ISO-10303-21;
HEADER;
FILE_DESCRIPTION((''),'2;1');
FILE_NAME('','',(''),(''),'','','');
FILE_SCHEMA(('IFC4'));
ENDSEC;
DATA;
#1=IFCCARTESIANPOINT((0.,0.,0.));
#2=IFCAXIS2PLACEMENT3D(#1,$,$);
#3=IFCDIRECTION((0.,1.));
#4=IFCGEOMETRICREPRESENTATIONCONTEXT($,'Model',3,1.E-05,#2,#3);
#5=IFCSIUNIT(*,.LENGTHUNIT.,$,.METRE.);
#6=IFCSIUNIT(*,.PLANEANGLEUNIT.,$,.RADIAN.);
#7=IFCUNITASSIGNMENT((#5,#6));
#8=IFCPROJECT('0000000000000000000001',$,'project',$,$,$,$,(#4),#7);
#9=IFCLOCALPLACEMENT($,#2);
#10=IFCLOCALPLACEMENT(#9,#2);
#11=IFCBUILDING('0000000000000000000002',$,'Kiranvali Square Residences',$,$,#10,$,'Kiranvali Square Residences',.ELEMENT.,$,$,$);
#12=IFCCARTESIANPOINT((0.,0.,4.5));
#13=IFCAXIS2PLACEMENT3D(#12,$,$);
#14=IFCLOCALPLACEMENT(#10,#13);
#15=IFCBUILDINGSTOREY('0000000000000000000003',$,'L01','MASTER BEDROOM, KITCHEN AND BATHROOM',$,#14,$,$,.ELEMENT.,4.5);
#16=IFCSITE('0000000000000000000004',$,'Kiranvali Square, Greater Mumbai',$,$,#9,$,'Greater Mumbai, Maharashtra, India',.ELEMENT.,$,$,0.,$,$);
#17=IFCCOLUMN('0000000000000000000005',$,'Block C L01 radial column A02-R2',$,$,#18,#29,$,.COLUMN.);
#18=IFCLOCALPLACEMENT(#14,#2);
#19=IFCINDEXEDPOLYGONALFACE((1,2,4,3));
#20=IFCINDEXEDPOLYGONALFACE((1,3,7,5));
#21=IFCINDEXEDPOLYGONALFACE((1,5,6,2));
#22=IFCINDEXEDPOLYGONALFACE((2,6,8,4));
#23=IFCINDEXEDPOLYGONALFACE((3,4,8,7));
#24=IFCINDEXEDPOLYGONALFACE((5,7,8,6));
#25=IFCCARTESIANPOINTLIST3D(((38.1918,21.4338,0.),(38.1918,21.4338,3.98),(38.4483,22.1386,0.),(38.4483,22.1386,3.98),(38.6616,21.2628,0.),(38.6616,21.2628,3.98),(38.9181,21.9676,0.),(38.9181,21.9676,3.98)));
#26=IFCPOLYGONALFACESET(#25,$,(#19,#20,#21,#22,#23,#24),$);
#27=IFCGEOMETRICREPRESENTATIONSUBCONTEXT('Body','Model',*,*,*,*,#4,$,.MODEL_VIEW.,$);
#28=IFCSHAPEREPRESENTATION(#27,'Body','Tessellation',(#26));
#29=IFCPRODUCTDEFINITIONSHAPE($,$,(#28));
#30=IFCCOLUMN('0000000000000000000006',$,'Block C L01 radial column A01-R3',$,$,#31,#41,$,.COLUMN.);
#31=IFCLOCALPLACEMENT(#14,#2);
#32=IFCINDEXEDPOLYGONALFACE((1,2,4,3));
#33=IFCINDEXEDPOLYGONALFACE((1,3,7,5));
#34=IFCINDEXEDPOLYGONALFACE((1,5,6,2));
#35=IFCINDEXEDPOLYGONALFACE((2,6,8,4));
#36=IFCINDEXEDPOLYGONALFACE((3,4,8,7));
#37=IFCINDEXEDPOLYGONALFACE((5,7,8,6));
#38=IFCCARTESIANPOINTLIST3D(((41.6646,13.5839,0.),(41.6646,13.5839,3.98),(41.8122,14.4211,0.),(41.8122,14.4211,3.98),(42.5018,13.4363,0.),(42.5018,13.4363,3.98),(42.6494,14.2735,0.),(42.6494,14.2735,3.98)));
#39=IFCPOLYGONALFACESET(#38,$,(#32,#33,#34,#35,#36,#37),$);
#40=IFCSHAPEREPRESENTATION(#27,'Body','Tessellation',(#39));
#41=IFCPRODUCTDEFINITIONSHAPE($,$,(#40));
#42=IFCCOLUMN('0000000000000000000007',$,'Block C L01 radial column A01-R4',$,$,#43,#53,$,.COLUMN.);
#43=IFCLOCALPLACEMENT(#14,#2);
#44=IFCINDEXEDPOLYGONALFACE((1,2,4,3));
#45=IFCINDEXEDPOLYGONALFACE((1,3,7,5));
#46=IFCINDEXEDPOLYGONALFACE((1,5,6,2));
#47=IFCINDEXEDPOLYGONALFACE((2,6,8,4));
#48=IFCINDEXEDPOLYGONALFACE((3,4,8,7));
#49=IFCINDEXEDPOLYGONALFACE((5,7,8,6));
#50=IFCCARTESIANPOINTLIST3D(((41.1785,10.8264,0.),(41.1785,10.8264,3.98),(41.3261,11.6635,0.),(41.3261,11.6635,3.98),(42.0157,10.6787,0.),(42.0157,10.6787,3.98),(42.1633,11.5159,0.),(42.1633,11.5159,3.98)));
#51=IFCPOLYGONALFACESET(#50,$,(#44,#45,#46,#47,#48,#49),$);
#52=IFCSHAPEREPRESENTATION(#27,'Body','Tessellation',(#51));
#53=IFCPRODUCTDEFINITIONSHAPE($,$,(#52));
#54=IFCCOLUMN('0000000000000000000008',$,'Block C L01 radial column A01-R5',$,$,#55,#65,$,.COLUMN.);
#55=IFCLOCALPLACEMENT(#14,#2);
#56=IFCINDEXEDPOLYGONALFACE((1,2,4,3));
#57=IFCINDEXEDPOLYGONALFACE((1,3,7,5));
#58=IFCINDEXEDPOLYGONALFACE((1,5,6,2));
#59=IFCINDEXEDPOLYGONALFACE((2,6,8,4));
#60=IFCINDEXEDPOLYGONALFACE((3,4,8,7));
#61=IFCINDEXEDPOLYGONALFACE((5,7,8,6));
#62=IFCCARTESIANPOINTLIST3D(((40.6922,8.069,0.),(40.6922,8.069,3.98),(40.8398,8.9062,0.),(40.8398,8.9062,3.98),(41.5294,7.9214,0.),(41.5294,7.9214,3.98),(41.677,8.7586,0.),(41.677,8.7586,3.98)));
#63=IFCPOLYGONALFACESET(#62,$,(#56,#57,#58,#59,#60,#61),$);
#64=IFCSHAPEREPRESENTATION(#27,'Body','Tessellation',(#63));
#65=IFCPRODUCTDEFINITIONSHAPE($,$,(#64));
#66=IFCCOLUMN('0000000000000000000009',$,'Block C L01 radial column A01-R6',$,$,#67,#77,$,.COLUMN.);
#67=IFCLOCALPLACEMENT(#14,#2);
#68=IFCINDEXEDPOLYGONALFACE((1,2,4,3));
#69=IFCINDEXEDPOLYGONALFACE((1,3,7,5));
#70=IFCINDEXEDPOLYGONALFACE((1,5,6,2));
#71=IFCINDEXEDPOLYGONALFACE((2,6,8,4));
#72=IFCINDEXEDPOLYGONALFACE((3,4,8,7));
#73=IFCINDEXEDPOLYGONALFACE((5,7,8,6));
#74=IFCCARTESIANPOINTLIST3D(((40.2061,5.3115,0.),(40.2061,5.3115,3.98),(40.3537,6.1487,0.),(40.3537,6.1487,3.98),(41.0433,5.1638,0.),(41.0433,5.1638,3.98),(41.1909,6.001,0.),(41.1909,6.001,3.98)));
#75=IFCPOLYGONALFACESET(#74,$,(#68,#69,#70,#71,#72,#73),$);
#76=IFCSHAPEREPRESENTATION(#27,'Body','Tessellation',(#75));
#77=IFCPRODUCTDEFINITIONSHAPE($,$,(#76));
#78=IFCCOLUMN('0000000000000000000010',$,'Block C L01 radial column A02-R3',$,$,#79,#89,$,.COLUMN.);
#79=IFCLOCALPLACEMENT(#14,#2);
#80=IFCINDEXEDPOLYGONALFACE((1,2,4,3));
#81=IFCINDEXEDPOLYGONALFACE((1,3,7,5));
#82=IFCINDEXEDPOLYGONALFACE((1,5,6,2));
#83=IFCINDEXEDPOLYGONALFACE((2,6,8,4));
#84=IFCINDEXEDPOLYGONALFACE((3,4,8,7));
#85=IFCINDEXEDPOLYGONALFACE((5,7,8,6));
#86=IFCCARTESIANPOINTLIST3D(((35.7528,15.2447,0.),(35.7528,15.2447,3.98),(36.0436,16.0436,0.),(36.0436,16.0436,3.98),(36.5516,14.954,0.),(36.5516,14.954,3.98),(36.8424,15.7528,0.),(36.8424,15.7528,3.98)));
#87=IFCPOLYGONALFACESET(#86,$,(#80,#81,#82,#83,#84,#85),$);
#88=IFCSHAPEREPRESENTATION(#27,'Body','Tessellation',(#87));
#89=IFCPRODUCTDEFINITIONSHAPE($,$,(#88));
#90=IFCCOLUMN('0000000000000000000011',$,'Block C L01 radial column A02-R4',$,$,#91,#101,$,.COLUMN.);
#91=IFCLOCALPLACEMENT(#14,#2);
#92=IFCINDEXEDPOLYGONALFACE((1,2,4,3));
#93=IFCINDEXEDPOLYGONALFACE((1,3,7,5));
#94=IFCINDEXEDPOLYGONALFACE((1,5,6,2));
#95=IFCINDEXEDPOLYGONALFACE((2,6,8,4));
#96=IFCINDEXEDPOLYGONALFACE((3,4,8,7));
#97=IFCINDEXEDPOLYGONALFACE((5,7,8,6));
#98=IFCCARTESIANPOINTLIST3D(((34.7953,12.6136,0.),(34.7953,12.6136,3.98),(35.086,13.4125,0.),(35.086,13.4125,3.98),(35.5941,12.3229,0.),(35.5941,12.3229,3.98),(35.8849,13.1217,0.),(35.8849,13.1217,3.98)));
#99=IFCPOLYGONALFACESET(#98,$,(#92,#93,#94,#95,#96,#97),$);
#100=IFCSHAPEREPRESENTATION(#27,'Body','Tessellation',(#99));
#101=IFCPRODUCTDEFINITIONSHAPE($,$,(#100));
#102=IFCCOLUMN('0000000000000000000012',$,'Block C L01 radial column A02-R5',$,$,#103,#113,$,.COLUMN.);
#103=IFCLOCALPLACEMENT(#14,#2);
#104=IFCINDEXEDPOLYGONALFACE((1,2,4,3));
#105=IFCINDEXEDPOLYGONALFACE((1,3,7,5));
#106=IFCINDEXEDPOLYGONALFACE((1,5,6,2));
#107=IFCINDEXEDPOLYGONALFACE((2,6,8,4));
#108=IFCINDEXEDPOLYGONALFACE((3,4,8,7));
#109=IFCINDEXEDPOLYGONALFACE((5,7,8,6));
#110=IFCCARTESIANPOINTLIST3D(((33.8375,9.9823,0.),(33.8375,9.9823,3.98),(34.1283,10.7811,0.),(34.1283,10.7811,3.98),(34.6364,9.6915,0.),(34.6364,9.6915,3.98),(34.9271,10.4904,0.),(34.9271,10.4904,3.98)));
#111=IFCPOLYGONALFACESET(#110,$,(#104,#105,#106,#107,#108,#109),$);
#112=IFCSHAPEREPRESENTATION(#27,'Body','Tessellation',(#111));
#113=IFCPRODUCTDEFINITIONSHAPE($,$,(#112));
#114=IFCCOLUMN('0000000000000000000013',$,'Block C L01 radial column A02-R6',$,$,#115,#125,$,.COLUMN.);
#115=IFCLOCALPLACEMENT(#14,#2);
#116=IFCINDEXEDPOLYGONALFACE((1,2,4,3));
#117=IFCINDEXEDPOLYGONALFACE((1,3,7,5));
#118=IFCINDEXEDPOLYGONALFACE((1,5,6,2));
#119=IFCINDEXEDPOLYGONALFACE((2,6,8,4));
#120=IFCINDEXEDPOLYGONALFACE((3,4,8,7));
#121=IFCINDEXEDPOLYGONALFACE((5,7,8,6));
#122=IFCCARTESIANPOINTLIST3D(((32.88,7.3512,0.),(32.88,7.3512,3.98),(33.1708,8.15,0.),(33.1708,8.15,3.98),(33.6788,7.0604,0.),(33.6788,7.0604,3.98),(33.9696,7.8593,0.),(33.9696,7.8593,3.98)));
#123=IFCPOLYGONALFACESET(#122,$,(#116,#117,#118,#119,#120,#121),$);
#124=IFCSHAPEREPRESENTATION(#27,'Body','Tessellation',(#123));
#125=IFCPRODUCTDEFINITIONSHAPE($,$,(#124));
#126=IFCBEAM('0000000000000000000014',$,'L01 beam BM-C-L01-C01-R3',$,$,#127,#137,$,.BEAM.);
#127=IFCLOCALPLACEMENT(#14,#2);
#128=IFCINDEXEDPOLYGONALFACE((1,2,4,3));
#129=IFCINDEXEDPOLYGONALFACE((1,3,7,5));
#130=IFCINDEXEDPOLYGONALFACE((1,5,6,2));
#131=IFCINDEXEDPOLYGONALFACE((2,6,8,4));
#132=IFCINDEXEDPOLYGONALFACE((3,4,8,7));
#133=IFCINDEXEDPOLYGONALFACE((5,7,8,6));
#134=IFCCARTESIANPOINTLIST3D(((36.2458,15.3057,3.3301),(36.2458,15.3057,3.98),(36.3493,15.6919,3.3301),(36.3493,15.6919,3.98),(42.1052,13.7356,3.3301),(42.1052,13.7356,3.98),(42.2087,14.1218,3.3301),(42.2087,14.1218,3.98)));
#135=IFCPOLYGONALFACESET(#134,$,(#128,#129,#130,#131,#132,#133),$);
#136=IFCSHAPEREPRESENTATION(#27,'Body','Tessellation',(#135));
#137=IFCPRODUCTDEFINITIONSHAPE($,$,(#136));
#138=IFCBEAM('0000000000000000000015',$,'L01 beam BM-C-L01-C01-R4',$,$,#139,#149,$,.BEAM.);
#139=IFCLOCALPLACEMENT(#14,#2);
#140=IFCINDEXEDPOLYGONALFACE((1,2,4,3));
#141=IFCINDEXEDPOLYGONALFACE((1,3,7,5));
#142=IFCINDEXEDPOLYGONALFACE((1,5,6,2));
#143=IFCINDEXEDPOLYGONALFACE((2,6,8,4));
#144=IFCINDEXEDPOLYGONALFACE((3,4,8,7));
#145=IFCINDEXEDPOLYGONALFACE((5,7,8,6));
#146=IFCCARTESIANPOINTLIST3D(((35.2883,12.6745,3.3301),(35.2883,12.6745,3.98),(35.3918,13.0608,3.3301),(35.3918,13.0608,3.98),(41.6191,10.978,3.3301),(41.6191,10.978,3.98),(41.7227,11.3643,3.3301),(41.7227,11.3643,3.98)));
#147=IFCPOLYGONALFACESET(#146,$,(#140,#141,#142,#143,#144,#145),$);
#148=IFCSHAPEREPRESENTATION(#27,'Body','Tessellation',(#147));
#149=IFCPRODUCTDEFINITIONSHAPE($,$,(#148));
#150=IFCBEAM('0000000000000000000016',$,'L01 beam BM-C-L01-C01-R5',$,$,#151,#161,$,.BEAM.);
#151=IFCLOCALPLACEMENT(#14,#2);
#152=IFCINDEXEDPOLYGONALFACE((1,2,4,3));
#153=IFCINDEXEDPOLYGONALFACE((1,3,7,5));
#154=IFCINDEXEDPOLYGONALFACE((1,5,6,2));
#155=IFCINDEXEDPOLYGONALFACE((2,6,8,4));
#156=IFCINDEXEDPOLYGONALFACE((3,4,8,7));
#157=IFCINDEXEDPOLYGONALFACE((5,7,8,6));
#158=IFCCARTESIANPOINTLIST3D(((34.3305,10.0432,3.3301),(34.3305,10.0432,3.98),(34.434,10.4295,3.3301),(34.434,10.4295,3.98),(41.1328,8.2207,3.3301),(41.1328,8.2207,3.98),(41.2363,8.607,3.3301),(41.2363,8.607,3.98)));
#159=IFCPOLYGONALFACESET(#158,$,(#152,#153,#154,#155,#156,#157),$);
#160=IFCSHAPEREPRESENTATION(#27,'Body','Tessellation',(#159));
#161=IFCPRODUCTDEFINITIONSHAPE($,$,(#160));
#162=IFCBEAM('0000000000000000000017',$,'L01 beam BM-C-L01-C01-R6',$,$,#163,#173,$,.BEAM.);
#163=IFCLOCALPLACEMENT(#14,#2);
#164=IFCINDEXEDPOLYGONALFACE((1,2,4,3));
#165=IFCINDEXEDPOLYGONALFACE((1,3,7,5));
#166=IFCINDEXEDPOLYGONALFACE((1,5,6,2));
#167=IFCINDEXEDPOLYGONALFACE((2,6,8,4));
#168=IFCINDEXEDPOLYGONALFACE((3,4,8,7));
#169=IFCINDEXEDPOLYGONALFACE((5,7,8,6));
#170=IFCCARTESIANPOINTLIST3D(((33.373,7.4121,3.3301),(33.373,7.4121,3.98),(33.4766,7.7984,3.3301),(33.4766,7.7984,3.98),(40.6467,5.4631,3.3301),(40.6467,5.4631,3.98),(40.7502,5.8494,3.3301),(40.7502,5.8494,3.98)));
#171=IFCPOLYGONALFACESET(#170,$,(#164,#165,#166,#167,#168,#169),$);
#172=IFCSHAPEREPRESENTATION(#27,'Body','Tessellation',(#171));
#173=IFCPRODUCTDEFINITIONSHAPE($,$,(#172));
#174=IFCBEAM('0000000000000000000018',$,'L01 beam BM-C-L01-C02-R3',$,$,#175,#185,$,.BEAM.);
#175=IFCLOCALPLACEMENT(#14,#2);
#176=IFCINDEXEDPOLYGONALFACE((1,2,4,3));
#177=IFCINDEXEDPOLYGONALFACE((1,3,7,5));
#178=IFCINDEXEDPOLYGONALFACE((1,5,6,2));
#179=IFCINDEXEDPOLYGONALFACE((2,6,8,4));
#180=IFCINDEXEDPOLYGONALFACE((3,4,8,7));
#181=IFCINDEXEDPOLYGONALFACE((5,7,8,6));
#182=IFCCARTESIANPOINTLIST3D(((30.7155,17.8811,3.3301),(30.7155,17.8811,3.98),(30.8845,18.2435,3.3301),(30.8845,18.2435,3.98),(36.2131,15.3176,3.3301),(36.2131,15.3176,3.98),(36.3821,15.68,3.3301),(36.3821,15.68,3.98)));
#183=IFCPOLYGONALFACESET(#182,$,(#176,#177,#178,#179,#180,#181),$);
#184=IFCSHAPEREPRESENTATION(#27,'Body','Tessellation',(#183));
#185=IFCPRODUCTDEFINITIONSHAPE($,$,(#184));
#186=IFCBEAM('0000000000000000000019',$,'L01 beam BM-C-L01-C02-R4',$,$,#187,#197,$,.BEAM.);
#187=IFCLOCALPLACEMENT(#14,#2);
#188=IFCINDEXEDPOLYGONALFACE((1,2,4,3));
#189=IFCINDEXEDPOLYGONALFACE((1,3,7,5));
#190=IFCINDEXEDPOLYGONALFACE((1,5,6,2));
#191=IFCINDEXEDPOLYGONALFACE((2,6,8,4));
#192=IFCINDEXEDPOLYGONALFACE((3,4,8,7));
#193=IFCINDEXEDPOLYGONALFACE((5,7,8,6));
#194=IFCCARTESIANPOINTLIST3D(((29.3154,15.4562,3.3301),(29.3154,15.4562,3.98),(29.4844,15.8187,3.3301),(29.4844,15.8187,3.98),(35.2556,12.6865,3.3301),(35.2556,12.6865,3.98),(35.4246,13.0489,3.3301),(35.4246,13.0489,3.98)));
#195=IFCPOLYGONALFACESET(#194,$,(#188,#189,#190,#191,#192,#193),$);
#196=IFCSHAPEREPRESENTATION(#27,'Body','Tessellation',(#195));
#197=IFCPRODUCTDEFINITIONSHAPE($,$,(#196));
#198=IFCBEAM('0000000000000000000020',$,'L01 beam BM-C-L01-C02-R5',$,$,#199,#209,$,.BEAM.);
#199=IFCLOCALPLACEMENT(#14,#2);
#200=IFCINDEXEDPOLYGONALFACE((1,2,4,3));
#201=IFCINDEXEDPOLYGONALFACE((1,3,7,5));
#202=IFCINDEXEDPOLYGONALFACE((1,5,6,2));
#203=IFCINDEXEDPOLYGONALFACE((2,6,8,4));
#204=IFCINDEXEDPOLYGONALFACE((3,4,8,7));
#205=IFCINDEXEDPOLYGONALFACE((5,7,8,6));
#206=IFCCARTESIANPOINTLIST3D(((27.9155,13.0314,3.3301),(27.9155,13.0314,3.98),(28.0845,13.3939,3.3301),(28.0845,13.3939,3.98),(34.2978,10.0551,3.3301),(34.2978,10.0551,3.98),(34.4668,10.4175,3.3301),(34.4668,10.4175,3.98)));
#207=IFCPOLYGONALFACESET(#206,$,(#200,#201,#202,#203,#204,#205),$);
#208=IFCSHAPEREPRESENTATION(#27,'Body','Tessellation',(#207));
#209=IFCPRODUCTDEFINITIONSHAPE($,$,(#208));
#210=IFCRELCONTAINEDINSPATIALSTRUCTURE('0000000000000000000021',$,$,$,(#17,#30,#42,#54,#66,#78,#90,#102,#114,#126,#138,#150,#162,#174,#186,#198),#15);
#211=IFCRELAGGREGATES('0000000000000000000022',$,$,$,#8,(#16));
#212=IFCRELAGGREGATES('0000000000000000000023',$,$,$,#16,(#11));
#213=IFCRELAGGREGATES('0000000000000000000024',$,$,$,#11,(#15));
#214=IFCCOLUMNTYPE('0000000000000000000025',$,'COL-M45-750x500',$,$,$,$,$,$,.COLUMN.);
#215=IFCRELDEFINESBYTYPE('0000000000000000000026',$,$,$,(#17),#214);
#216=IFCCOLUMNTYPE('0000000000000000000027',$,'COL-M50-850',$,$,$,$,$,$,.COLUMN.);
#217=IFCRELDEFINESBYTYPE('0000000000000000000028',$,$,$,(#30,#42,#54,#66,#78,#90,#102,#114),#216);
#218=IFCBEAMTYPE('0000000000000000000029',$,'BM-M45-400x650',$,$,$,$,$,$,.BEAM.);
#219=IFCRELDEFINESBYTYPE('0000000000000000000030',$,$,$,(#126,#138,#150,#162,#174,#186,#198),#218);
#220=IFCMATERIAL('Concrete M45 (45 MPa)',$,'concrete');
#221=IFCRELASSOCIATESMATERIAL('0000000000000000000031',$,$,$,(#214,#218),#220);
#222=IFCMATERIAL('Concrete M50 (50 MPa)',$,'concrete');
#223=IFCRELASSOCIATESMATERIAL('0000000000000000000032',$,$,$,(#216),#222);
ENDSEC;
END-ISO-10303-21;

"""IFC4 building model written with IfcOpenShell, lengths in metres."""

from ifc_helpers import new_model, si_unit, direction, frame, origin, origin_2d, place, context, subcontext, project, spatial, rectangle, extrude, material, material_profile, profile_set, type_object, element, save


model = new_model("IFC4")

# Units and contexts
model_context = context("Model", 3, precision=1e-05, world=origin(), true_north=direction((0.0, 1.0)))
body_context = subcontext(model_context, "Body", "Model", "MODEL_VIEW")
ifc_project = project(units=[si_unit("LENGTHUNIT", "METRE"), si_unit("PLANEANGLEUNIT", "RADIAN")], contexts=[model_context])

# Site, building, storey
site_placement = place(None, origin())
site = spatial("IfcSite", under=ifc_project, at=site_placement, Name="Kiranvali Square, Greater Mumbai", LongName="Greater Mumbai, Maharashtra, India", CompositionType="ELEMENT", RefElevation=0.0)
building_placement = place(site_placement, origin())
building = spatial("IfcBuilding", under=site, at=building_placement, Name="Kiranvali Square Residences", LongName="Kiranvali Square Residences", CompositionType="ELEMENT")
storey_placement = place(building_placement, frame((0.0, 0.0, 4.5)))
storey = spatial("IfcBuildingStorey", under=building, at=storey_placement, Name="L01", Description="MASTER BEDROOM, KITCHEN AND BATHROOM", CompositionType="ELEMENT", Elevation=4.5)

# Columns
ifc_material_1 = material(Name="Concrete M45 (45 MPa)", Category="concrete")
ifc_material_profile_1 = material_profile(ifc_material_1, rectangle(XDim=0.5, YDim=0.75, at=origin_2d()), Name="RC 750x500")
ifc_profile_set_1 = profile_set([ifc_material_profile_1], Name="Concrete M45 (45 MPa)")
column_type_1 = type_object("IfcColumnType", Name="COL-M45-750x500", PredefinedType="COLUMN", material=ifc_profile_set_1)
column_placement = place(storey_placement, frame((38.5549, 21.7007, 0.0), z_axis=(0.0, 0.0, 1.0), x_axis=(-0.939693, 0.34202, 0.0)))
element("IfcColumn", 1, at=column_placement, inside=storey, type_object=column_type_1, Name="Block C L01 radial column A02-R2", PredefinedType="COLUMN", context=body_context, shape_type="SweptSolid", body=[
    extrude(rectangle(XDim=0.5, YDim=0.75, at=origin_2d()), origin(), (0.0, 0.0, 1.0), 3.98),
])
ifc_material_2 = material(Name="Concrete M50 (50 MPa)", Category="concrete")
ifc_material_profile_2 = material_profile(ifc_material_2, rectangle(XDim=0.8501, YDim=0.8501, at=origin_2d()), Name="RC 850x850")
ifc_profile_set_2 = profile_set([ifc_material_profile_2], Name="Concrete M50 (50 MPa)")
column_type_2 = type_object("IfcColumnType", Name="COL-M50-850", PredefinedType="COLUMN", material=ifc_profile_set_2)
for number, where, z_axis, x_axis, name in (
    (2, (42.157, 13.9287, 0.0), (0.0, 0.0, 1.0), (-0.984808, 0.173648, 0.0), "Block C L01 radial column A01-R3"),
    (3, (41.6709, 11.1711, 0.0), (0.0, 0.0, 1.0), (-0.984808, 0.173648, 0.0), "Block C L01 radial column A01-R4"),
    (4, (41.1846, 8.4138, 0.0), (0.0, 0.0, 1.0), (-0.984808, 0.173648, 0.0), "Block C L01 radial column A01-R5"),
    (5, (40.6985, 5.6562, 0.0), (0.0, 0.0, 1.0), (-0.984808, 0.173648, 0.0), "Block C L01 radial column A01-R6"),
    (6, (36.2976, 15.4988, 0.0), (0.0, 0.0, 1.0), (-0.939693, 0.34202, 0.0), "Block C L01 radial column A02-R3"),
    (7, (35.3401, 12.8677, 0.0), (0.0, 0.0, 1.0), (-0.939693, 0.34202, 0.0), "Block C L01 radial column A02-R4"),
    (8, (34.3823, 10.2363, 0.0), (0.0, 0.0, 1.0), (-0.939693, 0.34202, 0.0), "Block C L01 radial column A02-R5"),
    (9, (33.4248, 7.6052, 0.0), (0.0, 0.0, 1.0), (-0.939693, 0.34202, 0.0), "Block C L01 radial column A02-R6"),
):
    element("IfcColumn", number, at=place(storey_placement, frame(where, z_axis=z_axis, x_axis=x_axis)), inside=storey, type_object=column_type_2, Name=name, PredefinedType="COLUMN", context=body_context, shape_type="SweptSolid", body=[
        extrude(rectangle(XDim=0.8501, YDim=0.8501, at=origin_2d()), origin(), (0.0, 0.0, 1.0), 3.98),
    ])

# Beams
ifc_material_profile_3 = material_profile(ifc_material_1, rectangle(XDim=0.3999, YDim=0.6499, at=origin_2d()), Name="RC 400x650")
ifc_profile_set_3 = profile_set([ifc_material_profile_3], Name="Concrete M45 (45 MPa)")
beam_type = type_object("IfcBeamType", Name="BM-M45-400x650", PredefinedType="BEAM", material=ifc_profile_set_3)
beam_1_placement = place(storey_placement, frame((42.157, 13.9287, 3.655), z_axis=(-0.965924, 0.258827, 0.0), x_axis=(-0.258827, -0.965924, 0.0)))
element("IfcBeam", 10, at=beam_1_placement, inside=storey, type_object=beam_type, Name="L01 beam BM-C-L01-C01-R3", PredefinedType="BEAM", context=body_context, shape_type="SweptSolid", body=[
    extrude(rectangle(XDim=0.3999, YDim=0.6499, at=origin_2d()), origin(), (0.0, 0.0, 1.0), 6.0662),
])
beam_2_placement = place(storey_placement, frame((41.6709, 11.1711, 3.655), z_axis=(-0.965918, 0.258847, 0.0), x_axis=(-0.258847, -0.965918, 0.0)))
element("IfcBeam", 11, at=beam_2_placement, inside=storey, type_object=beam_type, Name="L01 beam BM-C-L01-C01-R4", PredefinedType="BEAM", context=body_context, shape_type="SweptSolid", body=[
    extrude(rectangle(XDim=0.3999, YDim=0.6499, at=origin_2d()), origin(), (0.0, 0.0, 1.0), 6.5542),
])
beam_3_placement = place(storey_placement, frame((41.1846, 8.4138, 3.655), z_axis=(-0.965931, 0.2588, 0.0), x_axis=(-0.2588, -0.965931, 0.0)))
element("IfcBeam", 12, at=beam_3_placement, inside=storey, type_object=beam_type, Name="L01 beam BM-C-L01-C01-R5", PredefinedType="BEAM", context=body_context, shape_type="SweptSolid", body=[
    extrude(rectangle(XDim=0.3999, YDim=0.6499, at=origin_2d()), origin(), (0.0, 0.0, 1.0), 7.0422),
])
beam_4_placement = place(storey_placement, frame((40.6985, 5.6562, 3.655), z_axis=(-0.965926, 0.258819, 0.0), x_axis=(-0.258819, -0.965926, 0.0)))
element("IfcBeam", 13, at=beam_4_placement, inside=storey, type_object=beam_type, Name="L01 beam BM-C-L01-C01-R6", PredefinedType="BEAM", context=body_context, shape_type="SweptSolid", body=[
    extrude(rectangle(XDim=0.3999, YDim=0.6499, at=origin_2d()), origin(), (0.0, 0.0, 1.0), 7.5303),
])
beam_5_placement = place(storey_placement, frame((36.2976, 15.4988, 3.655), z_axis=(-0.906313, 0.422608, 0.0), x_axis=(-0.422608, -0.906313, 0.0)))
element("IfcBeam", 14, at=beam_5_placement, inside=storey, type_object=beam_type, Name="L01 beam BM-C-L01-C02-R3", PredefinedType="BEAM", context=body_context, shape_type="SweptSolid", body=[
    extrude(rectangle(XDim=0.3999, YDim=0.6499, at=origin_2d()), origin(), (0.0, 0.0, 1.0), 6.0659),
])
beam_6_placement = place(storey_placement, frame((35.3401, 12.8677, 3.655), z_axis=(-0.906318, 0.422596, 0.0), x_axis=(-0.422596, -0.906318, 0.0)))
element("IfcBeam", 15, at=beam_6_placement, inside=storey, type_object=beam_type, Name="L01 beam BM-C-L01-C02-R4", PredefinedType="BEAM", context=body_context, shape_type="SweptSolid", body=[
    extrude(rectangle(XDim=0.3999, YDim=0.6499, at=origin_2d()), origin(), (0.0, 0.0, 1.0), 6.5542),
])
beam_7_placement = place(storey_placement, frame((34.3823, 10.2363, 3.655), z_axis=(-0.906297, 0.422641, 0.0), x_axis=(-0.422641, -0.906297, 0.0)))
element("IfcBeam", 16, at=beam_7_placement, inside=storey, type_object=beam_type, Name="L01 beam BM-C-L01-C02-R5", PredefinedType="BEAM", context=body_context, shape_type="SweptSolid", body=[
    extrude(rectangle(XDim=0.3999, YDim=0.6499, at=origin_2d()), origin(), (0.0, 0.0, 1.0), 7.0422),
])

save(model, "model.ifc")
